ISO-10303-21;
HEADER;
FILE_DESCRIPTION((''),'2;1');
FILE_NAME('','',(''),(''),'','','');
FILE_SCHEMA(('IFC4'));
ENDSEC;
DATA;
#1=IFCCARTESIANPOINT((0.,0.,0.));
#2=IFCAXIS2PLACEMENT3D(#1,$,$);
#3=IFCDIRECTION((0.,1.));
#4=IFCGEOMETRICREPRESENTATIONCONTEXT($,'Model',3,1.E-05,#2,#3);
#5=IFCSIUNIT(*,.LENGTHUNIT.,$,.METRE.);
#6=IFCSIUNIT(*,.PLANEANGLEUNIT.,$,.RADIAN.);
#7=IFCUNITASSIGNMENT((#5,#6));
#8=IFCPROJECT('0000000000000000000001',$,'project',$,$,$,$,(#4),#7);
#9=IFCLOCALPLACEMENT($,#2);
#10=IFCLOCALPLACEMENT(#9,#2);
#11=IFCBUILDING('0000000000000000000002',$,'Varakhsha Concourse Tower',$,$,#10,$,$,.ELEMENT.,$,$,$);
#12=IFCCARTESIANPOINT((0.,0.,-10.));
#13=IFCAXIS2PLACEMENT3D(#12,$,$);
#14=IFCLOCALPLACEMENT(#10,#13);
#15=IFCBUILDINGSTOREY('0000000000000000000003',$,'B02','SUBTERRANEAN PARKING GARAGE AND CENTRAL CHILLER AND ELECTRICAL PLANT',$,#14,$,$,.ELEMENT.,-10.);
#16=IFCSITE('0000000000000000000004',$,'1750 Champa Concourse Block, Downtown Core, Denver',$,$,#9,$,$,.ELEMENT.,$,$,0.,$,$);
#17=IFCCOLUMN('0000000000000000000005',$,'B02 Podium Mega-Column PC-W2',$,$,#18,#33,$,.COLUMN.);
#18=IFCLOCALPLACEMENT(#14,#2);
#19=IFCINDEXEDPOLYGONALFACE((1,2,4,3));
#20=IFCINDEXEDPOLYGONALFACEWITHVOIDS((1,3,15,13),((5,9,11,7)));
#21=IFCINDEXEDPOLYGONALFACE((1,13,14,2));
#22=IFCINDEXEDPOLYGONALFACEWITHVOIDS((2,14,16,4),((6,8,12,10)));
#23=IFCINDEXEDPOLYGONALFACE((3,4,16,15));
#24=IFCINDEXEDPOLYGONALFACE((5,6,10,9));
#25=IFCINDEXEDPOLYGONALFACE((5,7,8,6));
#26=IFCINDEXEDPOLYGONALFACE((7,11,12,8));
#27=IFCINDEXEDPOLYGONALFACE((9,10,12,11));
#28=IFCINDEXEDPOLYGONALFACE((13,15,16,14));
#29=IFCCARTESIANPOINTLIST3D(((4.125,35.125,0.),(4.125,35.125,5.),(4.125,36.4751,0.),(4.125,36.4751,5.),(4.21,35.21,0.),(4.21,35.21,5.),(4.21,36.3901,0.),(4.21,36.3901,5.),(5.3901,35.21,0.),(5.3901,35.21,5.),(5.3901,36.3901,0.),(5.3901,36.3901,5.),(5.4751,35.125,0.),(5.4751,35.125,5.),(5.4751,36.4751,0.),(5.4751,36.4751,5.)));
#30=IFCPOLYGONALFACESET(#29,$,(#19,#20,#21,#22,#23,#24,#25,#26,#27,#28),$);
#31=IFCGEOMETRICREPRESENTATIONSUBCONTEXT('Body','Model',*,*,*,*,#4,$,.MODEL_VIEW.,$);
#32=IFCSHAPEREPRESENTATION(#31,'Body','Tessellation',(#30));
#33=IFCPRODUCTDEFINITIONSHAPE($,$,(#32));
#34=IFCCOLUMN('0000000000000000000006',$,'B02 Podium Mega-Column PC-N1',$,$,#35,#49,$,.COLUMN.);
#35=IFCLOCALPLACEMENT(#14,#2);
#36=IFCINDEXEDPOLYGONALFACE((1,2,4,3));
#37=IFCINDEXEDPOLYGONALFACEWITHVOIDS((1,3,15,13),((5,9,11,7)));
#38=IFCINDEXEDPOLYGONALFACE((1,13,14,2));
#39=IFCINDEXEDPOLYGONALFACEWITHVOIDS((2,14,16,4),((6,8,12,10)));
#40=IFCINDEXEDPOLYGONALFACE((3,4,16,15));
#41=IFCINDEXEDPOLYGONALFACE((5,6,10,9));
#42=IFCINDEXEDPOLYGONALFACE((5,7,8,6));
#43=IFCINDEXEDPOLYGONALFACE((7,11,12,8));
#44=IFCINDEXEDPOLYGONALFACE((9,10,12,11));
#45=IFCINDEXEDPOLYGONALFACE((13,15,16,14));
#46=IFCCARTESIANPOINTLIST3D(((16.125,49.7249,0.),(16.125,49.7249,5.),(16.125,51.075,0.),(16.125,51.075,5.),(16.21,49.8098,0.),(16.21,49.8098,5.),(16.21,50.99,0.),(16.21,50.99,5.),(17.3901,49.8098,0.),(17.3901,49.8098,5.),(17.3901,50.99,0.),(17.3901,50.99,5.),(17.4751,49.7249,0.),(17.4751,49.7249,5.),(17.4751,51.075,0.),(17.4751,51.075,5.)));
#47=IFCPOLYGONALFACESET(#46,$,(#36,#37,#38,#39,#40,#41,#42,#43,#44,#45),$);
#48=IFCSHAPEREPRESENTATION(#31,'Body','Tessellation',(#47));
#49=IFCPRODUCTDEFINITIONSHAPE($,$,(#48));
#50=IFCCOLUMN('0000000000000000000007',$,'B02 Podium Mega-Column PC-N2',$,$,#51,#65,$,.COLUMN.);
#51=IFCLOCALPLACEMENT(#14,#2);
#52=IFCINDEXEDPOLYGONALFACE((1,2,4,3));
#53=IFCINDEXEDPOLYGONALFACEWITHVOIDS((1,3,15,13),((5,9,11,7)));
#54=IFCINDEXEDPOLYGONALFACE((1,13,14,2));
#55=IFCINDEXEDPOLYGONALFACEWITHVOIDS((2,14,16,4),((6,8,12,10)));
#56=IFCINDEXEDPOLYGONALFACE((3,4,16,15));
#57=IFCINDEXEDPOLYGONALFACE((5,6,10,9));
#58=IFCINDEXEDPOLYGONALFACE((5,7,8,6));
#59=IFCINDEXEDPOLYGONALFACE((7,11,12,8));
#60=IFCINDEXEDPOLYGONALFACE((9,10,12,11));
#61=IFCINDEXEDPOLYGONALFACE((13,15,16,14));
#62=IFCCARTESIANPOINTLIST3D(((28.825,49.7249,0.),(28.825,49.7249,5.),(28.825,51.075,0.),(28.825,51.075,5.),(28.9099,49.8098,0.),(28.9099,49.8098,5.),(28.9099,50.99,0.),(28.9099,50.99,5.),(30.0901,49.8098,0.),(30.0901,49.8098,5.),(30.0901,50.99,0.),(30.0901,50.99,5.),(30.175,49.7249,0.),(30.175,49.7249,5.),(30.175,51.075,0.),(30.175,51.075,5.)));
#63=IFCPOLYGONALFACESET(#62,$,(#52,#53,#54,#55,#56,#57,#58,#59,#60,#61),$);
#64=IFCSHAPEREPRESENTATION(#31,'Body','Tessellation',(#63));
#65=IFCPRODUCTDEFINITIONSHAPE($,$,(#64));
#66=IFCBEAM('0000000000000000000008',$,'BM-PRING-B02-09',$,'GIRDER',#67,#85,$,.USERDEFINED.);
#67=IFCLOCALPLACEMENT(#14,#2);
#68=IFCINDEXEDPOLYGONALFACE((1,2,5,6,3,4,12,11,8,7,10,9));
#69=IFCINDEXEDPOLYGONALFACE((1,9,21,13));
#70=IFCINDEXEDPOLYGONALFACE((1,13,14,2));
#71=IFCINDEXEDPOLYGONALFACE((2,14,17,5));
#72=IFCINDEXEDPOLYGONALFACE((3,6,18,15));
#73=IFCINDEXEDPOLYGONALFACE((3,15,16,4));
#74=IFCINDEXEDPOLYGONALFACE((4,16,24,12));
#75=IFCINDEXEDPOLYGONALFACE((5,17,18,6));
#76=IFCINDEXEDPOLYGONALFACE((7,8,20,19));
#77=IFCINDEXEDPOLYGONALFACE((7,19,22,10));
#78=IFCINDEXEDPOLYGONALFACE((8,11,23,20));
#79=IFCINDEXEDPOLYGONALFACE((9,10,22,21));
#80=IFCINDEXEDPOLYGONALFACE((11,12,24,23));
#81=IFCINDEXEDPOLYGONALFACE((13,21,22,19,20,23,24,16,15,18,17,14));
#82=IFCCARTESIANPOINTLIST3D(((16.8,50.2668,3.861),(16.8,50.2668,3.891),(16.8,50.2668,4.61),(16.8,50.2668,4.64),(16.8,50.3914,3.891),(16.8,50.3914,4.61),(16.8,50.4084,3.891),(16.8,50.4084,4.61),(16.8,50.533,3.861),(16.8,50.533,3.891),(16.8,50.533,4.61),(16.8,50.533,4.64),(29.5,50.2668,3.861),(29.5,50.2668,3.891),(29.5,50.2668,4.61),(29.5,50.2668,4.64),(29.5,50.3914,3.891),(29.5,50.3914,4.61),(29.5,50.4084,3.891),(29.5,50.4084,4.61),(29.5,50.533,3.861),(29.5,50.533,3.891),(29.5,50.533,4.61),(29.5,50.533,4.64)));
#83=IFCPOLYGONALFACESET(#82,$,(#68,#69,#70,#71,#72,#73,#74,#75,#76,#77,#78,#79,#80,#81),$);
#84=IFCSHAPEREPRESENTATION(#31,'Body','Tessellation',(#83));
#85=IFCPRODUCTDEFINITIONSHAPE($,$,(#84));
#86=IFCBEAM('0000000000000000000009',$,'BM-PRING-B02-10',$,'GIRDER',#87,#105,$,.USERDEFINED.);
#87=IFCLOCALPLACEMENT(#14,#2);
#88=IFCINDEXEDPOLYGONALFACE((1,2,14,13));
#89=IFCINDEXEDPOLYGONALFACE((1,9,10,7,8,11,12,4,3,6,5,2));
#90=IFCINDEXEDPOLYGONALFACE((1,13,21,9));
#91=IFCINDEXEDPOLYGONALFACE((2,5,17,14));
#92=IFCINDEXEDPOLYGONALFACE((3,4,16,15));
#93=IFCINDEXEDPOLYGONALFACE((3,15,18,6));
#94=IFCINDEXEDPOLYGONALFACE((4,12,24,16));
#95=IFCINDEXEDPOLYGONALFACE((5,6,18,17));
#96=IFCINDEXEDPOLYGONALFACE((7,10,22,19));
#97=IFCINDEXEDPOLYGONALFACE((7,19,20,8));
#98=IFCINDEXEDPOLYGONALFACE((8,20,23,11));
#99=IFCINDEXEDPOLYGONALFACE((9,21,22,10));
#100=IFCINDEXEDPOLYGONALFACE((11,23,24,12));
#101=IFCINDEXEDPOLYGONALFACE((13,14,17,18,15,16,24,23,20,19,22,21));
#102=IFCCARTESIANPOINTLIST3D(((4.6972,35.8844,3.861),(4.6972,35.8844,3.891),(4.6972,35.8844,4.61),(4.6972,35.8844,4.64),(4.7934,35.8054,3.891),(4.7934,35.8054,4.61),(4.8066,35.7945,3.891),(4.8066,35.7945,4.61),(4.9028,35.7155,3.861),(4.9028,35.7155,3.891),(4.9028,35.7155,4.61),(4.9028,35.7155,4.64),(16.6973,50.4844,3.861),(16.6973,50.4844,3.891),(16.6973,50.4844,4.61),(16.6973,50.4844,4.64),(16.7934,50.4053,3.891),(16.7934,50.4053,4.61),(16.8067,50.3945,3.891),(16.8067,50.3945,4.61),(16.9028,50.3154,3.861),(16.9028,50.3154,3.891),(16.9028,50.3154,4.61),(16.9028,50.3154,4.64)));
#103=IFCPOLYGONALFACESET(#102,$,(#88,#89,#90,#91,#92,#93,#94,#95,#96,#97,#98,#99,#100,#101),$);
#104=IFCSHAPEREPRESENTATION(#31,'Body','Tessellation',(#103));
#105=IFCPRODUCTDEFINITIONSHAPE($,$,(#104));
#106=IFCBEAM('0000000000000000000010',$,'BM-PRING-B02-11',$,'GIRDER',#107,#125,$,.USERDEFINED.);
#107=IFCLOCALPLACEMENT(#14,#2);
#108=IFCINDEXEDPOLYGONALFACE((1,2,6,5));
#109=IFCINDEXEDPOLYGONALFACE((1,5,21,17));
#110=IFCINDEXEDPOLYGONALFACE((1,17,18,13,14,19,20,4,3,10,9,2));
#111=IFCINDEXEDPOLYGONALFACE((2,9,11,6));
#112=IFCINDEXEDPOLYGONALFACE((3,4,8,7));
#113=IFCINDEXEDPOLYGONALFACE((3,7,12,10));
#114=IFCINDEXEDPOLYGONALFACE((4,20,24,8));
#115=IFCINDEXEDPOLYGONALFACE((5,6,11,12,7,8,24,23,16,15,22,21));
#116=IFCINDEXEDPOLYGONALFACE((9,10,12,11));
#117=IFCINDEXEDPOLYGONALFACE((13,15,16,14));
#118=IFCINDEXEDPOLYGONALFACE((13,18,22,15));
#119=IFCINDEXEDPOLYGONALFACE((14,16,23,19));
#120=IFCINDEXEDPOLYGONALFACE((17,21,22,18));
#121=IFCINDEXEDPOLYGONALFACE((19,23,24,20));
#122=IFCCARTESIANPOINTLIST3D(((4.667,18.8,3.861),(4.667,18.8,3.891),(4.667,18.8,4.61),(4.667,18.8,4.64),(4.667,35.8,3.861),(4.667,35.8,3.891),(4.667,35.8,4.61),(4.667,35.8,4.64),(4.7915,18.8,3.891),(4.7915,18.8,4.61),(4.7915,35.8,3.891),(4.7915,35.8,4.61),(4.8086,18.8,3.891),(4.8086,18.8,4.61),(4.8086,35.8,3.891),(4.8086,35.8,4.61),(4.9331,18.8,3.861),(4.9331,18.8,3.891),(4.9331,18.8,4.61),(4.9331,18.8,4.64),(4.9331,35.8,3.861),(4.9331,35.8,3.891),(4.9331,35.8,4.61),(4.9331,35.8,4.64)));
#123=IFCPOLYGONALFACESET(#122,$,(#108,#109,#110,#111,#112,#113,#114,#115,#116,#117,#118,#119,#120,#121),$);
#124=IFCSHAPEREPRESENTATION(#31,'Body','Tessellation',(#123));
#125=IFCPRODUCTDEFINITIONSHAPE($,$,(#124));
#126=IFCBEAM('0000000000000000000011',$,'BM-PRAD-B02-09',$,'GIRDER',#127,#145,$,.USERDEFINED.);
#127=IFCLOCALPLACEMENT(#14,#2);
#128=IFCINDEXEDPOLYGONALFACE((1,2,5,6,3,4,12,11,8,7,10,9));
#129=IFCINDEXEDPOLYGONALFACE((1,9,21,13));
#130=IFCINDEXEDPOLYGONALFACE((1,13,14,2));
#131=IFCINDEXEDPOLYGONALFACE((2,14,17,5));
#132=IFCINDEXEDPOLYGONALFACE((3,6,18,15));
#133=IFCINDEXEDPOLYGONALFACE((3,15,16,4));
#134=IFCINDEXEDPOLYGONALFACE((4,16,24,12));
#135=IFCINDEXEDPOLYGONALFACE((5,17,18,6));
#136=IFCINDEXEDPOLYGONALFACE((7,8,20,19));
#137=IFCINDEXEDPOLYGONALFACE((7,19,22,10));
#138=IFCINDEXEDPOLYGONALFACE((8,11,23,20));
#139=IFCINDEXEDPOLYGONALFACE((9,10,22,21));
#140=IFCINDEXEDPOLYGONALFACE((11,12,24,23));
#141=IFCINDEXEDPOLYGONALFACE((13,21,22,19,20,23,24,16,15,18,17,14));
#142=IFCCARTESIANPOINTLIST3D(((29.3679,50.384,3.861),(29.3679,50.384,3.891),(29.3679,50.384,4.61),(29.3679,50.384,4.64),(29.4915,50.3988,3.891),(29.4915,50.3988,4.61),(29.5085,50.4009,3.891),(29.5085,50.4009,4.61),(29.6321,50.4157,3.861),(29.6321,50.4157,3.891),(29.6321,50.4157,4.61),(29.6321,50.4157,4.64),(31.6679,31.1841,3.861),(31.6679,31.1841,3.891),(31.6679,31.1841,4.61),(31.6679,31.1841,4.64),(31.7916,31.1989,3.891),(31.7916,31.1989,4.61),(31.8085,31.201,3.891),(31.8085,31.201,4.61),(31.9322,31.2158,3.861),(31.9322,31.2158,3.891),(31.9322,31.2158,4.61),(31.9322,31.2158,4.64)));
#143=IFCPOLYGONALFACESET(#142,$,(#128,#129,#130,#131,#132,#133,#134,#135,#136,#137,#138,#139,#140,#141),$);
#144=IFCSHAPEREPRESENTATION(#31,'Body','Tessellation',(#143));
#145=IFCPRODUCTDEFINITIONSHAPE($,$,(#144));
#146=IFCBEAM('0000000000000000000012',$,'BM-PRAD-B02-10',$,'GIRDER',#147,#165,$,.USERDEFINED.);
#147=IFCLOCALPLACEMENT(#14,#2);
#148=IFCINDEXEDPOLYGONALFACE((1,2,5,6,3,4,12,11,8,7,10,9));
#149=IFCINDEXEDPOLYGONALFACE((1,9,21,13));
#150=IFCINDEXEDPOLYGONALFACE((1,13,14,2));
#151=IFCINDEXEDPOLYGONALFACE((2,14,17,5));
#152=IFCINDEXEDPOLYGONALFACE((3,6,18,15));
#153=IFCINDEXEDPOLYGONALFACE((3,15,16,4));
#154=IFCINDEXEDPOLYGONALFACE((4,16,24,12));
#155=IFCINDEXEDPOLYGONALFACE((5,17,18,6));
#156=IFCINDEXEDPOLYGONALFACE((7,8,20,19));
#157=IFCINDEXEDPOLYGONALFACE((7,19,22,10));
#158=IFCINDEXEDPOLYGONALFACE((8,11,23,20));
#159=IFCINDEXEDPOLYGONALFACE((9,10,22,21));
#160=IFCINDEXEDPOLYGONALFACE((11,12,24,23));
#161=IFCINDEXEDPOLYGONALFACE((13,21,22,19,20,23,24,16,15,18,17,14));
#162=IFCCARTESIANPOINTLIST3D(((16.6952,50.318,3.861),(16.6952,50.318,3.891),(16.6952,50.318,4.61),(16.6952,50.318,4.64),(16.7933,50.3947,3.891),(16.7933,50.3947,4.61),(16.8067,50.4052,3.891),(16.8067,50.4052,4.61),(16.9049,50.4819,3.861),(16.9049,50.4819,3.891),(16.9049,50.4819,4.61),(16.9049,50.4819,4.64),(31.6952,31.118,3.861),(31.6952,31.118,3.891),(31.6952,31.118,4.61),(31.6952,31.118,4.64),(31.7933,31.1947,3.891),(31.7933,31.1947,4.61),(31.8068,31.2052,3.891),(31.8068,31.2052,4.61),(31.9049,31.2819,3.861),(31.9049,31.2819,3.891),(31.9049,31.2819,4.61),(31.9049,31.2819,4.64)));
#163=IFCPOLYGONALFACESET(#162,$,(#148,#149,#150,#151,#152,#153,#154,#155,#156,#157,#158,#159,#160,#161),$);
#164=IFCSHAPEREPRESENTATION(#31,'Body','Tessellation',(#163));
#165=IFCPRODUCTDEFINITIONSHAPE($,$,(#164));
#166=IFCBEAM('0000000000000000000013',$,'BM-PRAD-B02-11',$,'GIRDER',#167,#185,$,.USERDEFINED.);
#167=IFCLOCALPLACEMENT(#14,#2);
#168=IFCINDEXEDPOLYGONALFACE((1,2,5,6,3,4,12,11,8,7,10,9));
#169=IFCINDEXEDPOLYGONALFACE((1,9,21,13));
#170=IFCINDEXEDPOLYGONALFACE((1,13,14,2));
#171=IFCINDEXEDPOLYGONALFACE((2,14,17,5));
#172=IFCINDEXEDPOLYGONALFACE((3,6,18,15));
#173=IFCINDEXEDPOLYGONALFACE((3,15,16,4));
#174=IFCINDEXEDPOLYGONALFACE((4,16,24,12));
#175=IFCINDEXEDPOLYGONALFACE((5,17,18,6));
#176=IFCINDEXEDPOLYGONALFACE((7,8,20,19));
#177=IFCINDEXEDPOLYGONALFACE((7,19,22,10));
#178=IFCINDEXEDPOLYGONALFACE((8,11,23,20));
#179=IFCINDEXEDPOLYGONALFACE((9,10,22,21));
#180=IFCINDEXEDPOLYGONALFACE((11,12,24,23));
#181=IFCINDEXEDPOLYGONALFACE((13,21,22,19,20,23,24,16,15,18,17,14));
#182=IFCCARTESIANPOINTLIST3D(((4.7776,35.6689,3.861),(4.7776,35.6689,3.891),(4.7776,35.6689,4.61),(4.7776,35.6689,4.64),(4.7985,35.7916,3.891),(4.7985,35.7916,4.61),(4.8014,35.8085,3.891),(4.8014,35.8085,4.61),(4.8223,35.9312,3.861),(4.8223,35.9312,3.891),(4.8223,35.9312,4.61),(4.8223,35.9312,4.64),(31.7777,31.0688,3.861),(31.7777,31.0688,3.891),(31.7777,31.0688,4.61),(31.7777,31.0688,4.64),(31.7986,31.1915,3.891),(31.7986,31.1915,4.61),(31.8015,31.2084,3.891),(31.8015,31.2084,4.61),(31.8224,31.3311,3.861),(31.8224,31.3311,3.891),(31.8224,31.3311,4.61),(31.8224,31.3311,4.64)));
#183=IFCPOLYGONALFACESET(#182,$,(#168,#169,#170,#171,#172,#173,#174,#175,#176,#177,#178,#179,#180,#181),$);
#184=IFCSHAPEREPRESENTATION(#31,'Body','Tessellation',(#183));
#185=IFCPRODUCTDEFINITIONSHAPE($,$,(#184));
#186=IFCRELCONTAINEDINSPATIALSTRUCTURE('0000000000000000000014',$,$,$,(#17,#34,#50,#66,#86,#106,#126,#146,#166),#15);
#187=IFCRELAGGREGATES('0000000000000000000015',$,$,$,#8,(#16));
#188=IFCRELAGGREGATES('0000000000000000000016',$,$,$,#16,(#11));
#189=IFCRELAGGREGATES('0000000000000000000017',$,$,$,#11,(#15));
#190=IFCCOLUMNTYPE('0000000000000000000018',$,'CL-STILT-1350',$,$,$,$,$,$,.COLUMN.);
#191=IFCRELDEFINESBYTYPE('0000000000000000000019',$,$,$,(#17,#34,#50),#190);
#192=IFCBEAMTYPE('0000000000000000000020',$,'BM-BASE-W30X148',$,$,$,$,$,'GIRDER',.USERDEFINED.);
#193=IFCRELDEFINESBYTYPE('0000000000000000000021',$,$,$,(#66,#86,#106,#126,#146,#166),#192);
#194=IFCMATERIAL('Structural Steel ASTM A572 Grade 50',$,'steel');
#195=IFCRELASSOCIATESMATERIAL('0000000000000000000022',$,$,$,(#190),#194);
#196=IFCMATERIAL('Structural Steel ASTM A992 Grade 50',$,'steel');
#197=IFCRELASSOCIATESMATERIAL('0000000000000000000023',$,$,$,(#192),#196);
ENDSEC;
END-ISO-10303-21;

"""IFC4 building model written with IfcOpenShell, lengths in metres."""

from ifc_helpers import new_model, si_unit, direction, frame, origin, origin_2d, place, context, subcontext, project, spatial, hollow_rectangle, i_section, extrude, material, material_profile, profile_set, type_object, element, save


model = new_model("IFC4")

# Units and contexts
model_context = context("Model", 3, precision=1e-05, world=origin(), true_north=direction((0.0, 1.0)))
body_context = subcontext(model_context, "Body", "Model", "MODEL_VIEW")
ifc_project = project(units=[si_unit("LENGTHUNIT", "METRE"), si_unit("PLANEANGLEUNIT", "RADIAN")], contexts=[model_context])

# Site, building, storey
site_placement = place(None, origin())
site = spatial("IfcSite", under=ifc_project, at=site_placement, Name="1750 Champa Concourse Block, Downtown Core, Denver", CompositionType="ELEMENT", RefElevation=0.0)
building_placement = place(site_placement, origin())
building = spatial("IfcBuilding", under=site, at=building_placement, Name="Varakhsha Concourse Tower", CompositionType="ELEMENT")
storey_placement = place(building_placement, frame((0.0, 0.0, -10.0)))
storey = spatial("IfcBuildingStorey", under=building, at=storey_placement, Name="B02", Description="SUBTERRANEAN PARKING GARAGE AND CENTRAL CHILLER AND ELECTRICAL PLANT", CompositionType="ELEMENT", Elevation=-10.0)

# Columns
ifc_material_1 = material(Name="Structural Steel ASTM A992 Grade 50", Category="steel")
ifc_material_2 = material(Name="Structural Steel ASTM A572 Grade 50", Category="steel")
ifc_material_profile_1 = material_profile(ifc_material_2, hollow_rectangle(XDim=1.3501, YDim=1.3501, WallThickness=0.085, at=origin_2d()), Name="BOX 1350x1350x85")
ifc_profile_set_1 = profile_set([ifc_material_profile_1], Name="Structural Steel ASTM A572 Grade 50")
column_type_1 = type_object("IfcColumnType", Name="CL-STILT-1350", PredefinedType="COLUMN", material=ifc_profile_set_1)
for number, where, z_axis, x_axis, name in (
    (1, (4.8, 35.8, 0.0), (0.0, 0.0, 1.0), (1.0, 0.0, 0.0), "B02 Podium Mega-Column PC-W2"),
    (2, (16.8, 50.3999, 0.0), (0.0, 0.0, 1.0), (1.0, 0.0, 0.0), "B02 Podium Mega-Column PC-N1"),
    (3, (29.5, 50.3999, 0.0), (0.0, 0.0, 1.0), (1.0, 0.0, 0.0), "B02 Podium Mega-Column PC-N2"),
):
    element("IfcColumn", number, at=place(storey_placement, frame(where, z_axis=z_axis, x_axis=x_axis)), inside=storey, type_object=column_type_1, Name=name, PredefinedType="COLUMN", context=body_context, shape_type="SweptSolid", body=[
        extrude(hollow_rectangle(XDim=1.3501, YDim=1.3501, WallThickness=0.085, at=origin_2d()), origin(), (0.0, 0.0, 1.0), 5.0),
    ])

# Beams
ifc_material_profile_2 = material_profile(ifc_material_1, i_section(OverallWidth=0.2661, OverallDepth=0.7791, WebThickness=0.0171, FlangeThickness=0.03, at=origin_2d()), Name="W30X148")
ifc_profile_set_2 = profile_set([ifc_material_profile_2], Name="Structural Steel ASTM A992 Grade 50")
beam_type_1 = type_object("IfcBeamType", Name="BM-BASE-W30X148", ElementType="GIRDER", PredefinedType="USERDEFINED", material=ifc_profile_set_2)
beam_1_placement = place(storey_placement, frame((29.5, 50.3999, 4.2505), z_axis=(-1.0, 0.0, 0.0), x_axis=(0.0, -1.0, 0.0)))
element("IfcBeam", 4, at=beam_1_placement, inside=storey, type_object=beam_type_1, Name="BM-PRING-B02-09", ObjectType="GIRDER", PredefinedType="USERDEFINED", context=body_context, shape_type="SweptSolid", body=[
    extrude(i_section(OverallWidth=0.2661, OverallDepth=0.7791, WebThickness=0.0171, FlangeThickness=0.03, at=origin_2d()), origin(), (0.0, 0.0, 1.0), 12.7),
])
beam_2_placement = place(storey_placement, frame((16.8, 50.3999, 4.2505), z_axis=(-0.634969, -0.772538, 0.0), x_axis=(0.772538, -0.634969, 0.0)))
element("IfcBeam", 5, at=beam_2_placement, inside=storey, type_object=beam_type_1, Name="BM-PRING-B02-10", ObjectType="GIRDER", PredefinedType="USERDEFINED", context=body_context, shape_type="SweptSolid", body=[
    extrude(i_section(OverallWidth=0.2661, OverallDepth=0.7791, WebThickness=0.0171, FlangeThickness=0.03, at=origin_2d()), origin(), (0.0, 0.0, 1.0), 18.8987),
])
beam_3_placement = place(storey_placement, frame((4.8, 35.8, 4.2505), z_axis=(0.0, -1.0, 0.0), x_axis=(1.0, 0.0, 0.0)))
element("IfcBeam", 6, at=beam_3_placement, inside=storey, type_object=beam_type_1, Name="BM-PRING-B02-11", ObjectType="GIRDER", PredefinedType="USERDEFINED", context=body_context, shape_type="SweptSolid", body=[
    extrude(i_section(OverallWidth=0.2661, OverallDepth=0.7791, WebThickness=0.0171, FlangeThickness=0.03, at=origin_2d()), origin(), (0.0, 0.0, 1.0), 17.0),
])
beam_4_placement = place(storey_placement, frame((31.8, 31.2, 4.2505), z_axis=(-0.118944, 0.992901, 0.0), x_axis=(-0.992901, -0.118944, 0.0)))
element("IfcBeam", 7, at=beam_4_placement, inside=storey, type_object=beam_type_1, Name="BM-PRAD-B02-09", ObjectType="GIRDER", PredefinedType="USERDEFINED", context=body_context, shape_type="SweptSolid", body=[
    extrude(i_section(OverallWidth=0.2661, OverallDepth=0.7791, WebThickness=0.0171, FlangeThickness=0.03, at=origin_2d()), origin(), (0.0, 0.0, 1.0), 19.3372),
])
beam_5_placement = place(storey_placement, frame((31.8, 31.2, 4.2505), z_axis=(-0.615645, 0.788024, 0.0), x_axis=(-0.788024, -0.615645, 0.0)))
element("IfcBeam", 8, at=beam_5_placement, inside=storey, type_object=beam_type_1, Name="BM-PRAD-B02-10", ObjectType="GIRDER", PredefinedType="USERDEFINED", context=body_context, shape_type="SweptSolid", body=[
    extrude(i_section(OverallWidth=0.2661, OverallDepth=0.7791, WebThickness=0.0171, FlangeThickness=0.03, at=origin_2d()), origin(), (0.0, 0.0, 1.0), 24.3647),
])
beam_6_placement = place(storey_placement, frame((31.8, 31.2, 4.2505), z_axis=(-0.985795, 0.167954, 0.0), x_axis=(-0.167954, -0.985795, 0.0)))
element("IfcBeam", 9, at=beam_6_placement, inside=storey, type_object=beam_type_1, Name="BM-PRAD-B02-11", ObjectType="GIRDER", PredefinedType="USERDEFINED", context=body_context, shape_type="SweptSolid", body=[
    extrude(i_section(OverallWidth=0.2661, OverallDepth=0.7791, WebThickness=0.0171, FlangeThickness=0.03, at=origin_2d()), origin(), (0.0, 0.0, 1.0), 27.3892),
])

save(model, "model.ifc")
